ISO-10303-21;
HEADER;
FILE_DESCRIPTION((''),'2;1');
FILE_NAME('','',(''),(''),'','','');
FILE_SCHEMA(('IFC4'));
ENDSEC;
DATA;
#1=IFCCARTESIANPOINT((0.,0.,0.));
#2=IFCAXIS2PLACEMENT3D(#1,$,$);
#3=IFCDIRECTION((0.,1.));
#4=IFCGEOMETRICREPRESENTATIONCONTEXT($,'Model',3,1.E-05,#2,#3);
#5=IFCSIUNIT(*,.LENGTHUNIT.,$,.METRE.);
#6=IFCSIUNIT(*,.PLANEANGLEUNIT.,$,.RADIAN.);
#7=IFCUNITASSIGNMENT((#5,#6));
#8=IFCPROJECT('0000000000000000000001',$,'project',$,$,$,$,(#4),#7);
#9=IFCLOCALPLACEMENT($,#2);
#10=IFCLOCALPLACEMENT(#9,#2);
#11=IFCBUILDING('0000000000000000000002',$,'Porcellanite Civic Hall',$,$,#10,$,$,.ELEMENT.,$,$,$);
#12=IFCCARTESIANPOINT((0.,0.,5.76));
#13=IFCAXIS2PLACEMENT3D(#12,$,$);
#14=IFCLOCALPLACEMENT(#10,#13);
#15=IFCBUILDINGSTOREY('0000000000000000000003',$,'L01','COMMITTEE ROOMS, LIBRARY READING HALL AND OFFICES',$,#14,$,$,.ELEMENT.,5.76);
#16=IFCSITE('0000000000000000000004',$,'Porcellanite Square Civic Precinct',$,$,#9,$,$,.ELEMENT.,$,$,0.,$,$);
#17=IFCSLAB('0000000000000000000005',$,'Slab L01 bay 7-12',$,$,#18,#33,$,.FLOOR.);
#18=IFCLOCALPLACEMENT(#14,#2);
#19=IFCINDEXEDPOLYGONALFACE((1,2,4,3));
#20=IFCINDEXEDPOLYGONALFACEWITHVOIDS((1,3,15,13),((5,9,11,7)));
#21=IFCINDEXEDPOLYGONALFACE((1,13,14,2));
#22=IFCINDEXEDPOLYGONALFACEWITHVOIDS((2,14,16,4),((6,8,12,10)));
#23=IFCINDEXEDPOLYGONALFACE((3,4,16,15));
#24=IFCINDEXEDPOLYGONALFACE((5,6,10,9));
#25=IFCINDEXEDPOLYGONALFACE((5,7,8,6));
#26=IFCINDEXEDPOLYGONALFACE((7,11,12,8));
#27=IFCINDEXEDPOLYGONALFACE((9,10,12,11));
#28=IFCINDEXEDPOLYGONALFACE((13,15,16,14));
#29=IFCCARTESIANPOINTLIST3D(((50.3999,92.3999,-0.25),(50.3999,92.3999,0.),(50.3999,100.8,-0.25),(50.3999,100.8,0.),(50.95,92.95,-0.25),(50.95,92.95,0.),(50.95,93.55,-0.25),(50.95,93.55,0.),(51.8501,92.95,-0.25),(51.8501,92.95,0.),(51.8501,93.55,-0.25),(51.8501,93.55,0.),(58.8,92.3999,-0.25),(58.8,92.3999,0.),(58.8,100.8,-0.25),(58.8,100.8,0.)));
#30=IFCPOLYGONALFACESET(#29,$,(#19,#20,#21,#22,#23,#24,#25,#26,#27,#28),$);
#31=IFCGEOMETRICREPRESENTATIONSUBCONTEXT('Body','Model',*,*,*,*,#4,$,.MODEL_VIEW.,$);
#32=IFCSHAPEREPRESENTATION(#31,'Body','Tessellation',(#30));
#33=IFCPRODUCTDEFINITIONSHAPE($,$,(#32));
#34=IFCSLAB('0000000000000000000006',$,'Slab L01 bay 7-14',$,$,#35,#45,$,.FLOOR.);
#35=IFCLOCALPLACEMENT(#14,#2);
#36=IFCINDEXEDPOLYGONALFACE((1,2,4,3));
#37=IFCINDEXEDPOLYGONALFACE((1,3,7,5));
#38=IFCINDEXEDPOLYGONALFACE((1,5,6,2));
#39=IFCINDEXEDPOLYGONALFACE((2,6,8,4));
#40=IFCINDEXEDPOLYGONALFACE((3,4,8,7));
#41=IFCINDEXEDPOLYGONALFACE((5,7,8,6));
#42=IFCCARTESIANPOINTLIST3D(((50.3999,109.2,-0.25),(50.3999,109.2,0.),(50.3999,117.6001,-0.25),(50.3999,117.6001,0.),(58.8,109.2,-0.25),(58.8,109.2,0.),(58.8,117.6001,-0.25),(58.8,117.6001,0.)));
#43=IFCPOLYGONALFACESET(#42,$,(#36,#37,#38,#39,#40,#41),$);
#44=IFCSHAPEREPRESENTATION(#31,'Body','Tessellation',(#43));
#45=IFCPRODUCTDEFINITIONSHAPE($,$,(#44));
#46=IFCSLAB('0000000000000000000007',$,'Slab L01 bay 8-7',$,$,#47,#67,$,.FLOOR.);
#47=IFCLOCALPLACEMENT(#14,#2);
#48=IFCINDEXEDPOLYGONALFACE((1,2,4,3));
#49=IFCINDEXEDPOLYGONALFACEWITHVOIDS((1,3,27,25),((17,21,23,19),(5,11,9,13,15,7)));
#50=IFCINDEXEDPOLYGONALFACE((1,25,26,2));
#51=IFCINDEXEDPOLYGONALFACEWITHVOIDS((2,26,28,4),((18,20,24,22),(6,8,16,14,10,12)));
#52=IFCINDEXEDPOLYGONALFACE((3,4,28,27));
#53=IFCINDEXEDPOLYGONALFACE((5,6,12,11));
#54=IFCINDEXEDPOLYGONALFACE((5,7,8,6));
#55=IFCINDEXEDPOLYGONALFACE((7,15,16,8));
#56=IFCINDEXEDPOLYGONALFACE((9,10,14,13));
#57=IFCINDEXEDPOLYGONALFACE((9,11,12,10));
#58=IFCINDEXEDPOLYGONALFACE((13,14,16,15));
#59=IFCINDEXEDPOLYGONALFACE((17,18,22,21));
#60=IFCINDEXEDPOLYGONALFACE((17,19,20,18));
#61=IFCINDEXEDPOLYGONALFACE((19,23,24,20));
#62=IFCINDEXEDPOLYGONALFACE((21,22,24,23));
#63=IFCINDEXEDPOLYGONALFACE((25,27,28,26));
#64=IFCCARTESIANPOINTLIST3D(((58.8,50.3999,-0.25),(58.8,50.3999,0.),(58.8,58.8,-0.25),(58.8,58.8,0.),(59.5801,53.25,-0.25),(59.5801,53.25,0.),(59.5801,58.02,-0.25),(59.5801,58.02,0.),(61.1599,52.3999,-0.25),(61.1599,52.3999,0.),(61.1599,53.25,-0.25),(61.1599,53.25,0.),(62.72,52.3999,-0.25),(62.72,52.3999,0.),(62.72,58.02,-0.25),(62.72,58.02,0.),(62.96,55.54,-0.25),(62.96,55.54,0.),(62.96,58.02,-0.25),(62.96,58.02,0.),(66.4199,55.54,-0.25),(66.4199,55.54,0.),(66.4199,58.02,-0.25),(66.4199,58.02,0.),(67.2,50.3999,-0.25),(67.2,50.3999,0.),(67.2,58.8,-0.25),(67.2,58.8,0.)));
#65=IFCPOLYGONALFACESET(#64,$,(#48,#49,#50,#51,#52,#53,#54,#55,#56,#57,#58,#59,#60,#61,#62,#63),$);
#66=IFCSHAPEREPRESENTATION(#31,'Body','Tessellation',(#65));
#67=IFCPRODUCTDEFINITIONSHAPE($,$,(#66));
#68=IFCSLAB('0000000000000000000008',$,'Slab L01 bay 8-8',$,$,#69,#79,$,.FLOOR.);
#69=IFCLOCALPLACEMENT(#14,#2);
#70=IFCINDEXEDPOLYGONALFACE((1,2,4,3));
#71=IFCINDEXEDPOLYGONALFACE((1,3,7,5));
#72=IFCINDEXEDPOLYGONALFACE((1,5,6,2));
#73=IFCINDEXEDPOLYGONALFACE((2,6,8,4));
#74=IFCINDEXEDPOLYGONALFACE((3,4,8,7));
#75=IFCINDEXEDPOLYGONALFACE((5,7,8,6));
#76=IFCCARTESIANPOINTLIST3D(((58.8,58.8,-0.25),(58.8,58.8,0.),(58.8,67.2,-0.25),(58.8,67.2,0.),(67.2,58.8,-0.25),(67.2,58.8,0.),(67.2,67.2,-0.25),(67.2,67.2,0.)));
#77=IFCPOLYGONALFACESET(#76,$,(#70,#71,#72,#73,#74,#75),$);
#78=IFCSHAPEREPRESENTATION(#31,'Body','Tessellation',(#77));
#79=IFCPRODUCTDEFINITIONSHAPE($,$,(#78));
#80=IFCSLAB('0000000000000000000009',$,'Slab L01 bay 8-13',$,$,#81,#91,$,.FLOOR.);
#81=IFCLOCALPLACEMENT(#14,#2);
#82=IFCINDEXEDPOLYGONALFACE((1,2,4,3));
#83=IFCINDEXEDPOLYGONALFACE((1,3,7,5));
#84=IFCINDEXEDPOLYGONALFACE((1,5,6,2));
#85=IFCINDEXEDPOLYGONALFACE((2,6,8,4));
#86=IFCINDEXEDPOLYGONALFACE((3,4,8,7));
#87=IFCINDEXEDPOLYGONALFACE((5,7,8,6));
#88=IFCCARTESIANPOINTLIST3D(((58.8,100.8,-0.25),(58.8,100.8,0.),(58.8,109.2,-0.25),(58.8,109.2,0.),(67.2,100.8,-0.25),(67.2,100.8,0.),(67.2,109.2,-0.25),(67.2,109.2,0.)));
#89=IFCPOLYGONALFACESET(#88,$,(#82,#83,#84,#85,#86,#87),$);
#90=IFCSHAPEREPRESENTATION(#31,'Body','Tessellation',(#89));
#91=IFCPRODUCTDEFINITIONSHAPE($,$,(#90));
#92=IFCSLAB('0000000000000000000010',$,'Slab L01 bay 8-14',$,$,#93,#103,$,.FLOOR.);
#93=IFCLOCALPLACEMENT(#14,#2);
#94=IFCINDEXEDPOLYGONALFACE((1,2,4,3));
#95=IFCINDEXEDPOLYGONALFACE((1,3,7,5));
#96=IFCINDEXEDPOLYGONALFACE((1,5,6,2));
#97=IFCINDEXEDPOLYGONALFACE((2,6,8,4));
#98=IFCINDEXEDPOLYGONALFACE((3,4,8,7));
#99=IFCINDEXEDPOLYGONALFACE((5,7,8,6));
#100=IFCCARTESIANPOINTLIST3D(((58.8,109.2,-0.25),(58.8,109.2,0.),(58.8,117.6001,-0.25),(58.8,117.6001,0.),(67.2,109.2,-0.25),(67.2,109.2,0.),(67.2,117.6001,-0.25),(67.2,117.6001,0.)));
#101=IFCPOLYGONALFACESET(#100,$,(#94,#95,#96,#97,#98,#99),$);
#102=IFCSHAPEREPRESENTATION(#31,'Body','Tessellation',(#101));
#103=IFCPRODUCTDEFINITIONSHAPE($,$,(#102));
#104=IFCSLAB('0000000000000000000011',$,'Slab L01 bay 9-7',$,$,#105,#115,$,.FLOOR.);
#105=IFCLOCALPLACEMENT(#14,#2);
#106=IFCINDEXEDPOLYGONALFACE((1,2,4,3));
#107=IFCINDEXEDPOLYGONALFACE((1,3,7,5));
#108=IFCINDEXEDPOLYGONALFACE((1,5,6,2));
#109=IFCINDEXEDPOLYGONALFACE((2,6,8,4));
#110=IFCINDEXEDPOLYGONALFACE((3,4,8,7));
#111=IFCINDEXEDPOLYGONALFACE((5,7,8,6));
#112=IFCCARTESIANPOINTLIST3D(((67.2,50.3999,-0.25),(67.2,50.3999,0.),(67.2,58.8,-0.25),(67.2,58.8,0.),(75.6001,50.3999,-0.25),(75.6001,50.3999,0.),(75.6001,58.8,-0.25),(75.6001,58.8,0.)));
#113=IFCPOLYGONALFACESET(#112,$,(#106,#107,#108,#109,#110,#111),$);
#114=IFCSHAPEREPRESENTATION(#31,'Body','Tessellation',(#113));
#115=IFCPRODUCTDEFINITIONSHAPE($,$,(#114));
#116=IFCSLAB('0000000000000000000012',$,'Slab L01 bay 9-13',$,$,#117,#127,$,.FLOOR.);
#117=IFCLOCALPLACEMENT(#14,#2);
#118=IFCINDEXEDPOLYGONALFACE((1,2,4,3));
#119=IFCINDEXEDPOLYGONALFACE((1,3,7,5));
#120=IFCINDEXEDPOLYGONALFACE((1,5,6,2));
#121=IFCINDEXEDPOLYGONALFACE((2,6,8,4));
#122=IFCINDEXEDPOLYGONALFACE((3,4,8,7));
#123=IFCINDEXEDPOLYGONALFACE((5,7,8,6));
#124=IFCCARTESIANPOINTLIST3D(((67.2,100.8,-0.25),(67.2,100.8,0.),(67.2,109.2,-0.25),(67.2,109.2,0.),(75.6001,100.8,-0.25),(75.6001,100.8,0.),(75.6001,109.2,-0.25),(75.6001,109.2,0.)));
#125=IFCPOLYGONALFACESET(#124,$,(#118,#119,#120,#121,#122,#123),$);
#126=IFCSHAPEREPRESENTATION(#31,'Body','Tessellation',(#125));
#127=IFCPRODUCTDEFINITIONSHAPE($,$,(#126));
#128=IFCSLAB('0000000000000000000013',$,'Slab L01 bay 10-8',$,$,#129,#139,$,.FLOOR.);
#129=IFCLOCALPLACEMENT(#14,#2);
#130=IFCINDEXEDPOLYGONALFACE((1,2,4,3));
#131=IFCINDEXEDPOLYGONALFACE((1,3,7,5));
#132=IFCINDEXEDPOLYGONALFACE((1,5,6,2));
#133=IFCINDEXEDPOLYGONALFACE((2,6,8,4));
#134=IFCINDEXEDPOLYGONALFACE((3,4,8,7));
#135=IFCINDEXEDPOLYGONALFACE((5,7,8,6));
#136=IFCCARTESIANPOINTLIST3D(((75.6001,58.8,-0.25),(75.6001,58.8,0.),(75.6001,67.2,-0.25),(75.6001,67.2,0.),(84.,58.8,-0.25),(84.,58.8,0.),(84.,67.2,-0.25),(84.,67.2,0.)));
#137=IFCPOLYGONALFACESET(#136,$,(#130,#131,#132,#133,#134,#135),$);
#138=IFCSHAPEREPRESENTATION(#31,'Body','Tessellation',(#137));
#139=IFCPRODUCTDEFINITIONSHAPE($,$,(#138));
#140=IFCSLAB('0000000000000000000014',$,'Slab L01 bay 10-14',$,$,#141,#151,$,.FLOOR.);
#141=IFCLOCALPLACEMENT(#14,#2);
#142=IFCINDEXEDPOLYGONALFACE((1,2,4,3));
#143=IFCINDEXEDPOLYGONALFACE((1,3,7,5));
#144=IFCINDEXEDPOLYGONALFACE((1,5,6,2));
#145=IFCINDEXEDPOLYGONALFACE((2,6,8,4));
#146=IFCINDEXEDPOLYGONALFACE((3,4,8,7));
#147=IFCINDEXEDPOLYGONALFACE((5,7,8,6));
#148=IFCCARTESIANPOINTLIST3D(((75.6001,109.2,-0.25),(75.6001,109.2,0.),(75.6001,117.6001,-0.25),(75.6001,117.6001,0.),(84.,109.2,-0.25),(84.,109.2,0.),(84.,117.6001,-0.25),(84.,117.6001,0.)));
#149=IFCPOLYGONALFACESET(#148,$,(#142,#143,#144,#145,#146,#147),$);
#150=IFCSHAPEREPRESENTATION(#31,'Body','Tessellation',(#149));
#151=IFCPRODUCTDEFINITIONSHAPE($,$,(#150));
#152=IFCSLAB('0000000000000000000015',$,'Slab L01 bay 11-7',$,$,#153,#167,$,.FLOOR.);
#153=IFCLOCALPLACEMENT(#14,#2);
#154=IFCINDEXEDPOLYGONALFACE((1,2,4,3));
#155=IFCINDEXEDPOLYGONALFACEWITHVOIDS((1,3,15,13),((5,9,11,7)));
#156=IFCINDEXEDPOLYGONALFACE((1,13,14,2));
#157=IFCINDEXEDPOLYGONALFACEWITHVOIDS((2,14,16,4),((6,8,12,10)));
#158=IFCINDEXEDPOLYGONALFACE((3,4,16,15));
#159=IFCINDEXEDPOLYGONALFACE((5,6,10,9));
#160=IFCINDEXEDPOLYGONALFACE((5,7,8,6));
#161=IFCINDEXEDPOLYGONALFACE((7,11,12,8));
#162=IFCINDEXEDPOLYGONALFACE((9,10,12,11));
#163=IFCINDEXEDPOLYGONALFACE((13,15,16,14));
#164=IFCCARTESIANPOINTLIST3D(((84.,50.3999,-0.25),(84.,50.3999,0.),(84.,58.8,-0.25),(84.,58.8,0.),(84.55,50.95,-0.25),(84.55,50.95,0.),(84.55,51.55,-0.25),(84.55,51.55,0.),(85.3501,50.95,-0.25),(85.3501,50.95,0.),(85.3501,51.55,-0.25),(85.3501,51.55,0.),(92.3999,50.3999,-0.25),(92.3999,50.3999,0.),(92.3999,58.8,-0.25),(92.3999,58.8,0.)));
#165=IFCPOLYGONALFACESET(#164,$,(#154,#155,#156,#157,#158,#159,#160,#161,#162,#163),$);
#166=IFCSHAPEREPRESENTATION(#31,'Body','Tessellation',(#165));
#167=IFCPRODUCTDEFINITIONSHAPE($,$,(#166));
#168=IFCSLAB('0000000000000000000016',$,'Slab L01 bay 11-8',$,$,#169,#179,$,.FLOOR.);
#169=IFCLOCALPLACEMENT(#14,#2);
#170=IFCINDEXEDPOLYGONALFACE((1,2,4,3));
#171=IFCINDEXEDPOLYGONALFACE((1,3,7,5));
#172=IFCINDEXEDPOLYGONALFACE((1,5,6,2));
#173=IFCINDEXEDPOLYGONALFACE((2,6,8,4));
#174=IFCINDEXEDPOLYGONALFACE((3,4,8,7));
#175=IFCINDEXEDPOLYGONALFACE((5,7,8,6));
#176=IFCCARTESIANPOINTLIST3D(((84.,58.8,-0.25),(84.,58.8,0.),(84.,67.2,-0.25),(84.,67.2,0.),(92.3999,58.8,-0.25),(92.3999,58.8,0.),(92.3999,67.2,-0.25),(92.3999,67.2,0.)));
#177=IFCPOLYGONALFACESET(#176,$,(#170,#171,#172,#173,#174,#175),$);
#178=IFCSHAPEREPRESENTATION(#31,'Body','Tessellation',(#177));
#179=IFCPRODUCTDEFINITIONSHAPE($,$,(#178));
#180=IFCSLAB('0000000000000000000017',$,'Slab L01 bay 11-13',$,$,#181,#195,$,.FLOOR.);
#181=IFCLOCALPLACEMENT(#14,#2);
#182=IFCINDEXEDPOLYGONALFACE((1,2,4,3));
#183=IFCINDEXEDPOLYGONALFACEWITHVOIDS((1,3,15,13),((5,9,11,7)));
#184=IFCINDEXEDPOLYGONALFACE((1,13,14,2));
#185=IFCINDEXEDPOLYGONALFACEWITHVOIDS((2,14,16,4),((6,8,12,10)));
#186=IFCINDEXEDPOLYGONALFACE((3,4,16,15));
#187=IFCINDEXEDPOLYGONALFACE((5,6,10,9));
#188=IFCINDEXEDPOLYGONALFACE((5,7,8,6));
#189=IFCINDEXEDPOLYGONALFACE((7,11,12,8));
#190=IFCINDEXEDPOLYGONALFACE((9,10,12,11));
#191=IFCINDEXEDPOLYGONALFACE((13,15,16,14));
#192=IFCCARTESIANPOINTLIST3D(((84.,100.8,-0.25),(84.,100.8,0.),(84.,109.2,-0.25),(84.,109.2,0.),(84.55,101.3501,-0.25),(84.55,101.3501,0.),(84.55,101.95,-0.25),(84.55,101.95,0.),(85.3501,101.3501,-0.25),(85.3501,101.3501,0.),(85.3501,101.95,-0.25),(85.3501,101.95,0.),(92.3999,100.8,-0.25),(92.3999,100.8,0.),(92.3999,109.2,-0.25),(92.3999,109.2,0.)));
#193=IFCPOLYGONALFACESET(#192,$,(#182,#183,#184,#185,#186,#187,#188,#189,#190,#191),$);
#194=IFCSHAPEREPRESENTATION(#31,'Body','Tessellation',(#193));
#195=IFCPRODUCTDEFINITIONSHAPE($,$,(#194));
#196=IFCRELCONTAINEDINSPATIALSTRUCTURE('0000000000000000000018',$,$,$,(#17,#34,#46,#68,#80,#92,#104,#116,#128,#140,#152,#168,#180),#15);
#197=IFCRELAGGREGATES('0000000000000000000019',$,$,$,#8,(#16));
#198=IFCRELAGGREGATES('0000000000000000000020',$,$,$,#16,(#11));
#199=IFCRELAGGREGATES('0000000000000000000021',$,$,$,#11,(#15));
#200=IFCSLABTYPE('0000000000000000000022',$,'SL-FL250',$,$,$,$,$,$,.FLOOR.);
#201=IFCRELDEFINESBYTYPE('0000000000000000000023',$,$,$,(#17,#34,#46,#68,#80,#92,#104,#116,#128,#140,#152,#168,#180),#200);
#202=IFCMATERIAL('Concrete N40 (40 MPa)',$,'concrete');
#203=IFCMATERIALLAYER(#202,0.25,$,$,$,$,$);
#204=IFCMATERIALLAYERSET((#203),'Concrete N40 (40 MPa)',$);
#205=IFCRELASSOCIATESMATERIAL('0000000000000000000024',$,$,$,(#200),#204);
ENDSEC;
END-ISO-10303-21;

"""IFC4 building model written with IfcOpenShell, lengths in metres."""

from ifc_helpers import new_model, si_unit, direction, frame, origin, place, context, subcontext, project, spatial, polyline, outline, extrude, material, layer, layer_set, type_object, element, save


model = new_model("IFC4")

# Units and contexts
model_context = context("Model", 3, precision=1e-05, world=origin(), true_north=direction((0.0, 1.0)))
body_context = subcontext(model_context, "Body", "Model", "MODEL_VIEW")
ifc_project = project(units=[si_unit("LENGTHUNIT", "METRE"), si_unit("PLANEANGLEUNIT", "RADIAN")], contexts=[model_context])

# Site, building, storey
site_placement = place(None, origin())
site = spatial("IfcSite", under=ifc_project, at=site_placement, Name="Porcellanite Square Civic Precinct", CompositionType="ELEMENT", RefElevation=0.0)
building_placement = place(site_placement, origin())
building = spatial("IfcBuilding", under=site, at=building_placement, Name="Porcellanite Civic Hall", CompositionType="ELEMENT")
storey_placement = place(building_placement, frame((0.0, 0.0, 5.76)))
storey = spatial("IfcBuildingStorey", under=building, at=storey_placement, Name="L01", Description="COMMITTEE ROOMS, LIBRARY READING HALL AND OFFICES", CompositionType="ELEMENT", Elevation=5.76)

# Slabs
ifc_material = material(Name="Concrete N40 (40 MPa)", Category="concrete")
ifc_layer = layer(ifc_material, 0.25)
ifc_layer_set = layer_set([ifc_layer], Name="Concrete N40 (40 MPa)")
slab_type = type_object("IfcSlabType", Name="SL-FL250", PredefinedType="FLOOR", material=ifc_layer_set)
slab_1_placement = place(storey_placement, frame((0.0, 0.0, -0.25)))
element("IfcSlab", 1, at=slab_1_placement, inside=storey, type_object=slab_type, Name="Slab L01 bay 7-12", PredefinedType="FLOOR", context=body_context, shape_type="SweptSolid", body=[
    extrude(outline(polyline([(50.3999, 92.3999), (58.8, 92.3999), (58.8, 100.8), (50.3999, 100.8), (50.3999, 92.3999)]), holes=[polyline([(50.95, 92.95), (51.8501, 92.95), (51.8501, 93.55), (50.95, 93.55), (50.95, 92.95)])]), origin(), (0.0, 0.0, 1.0), 0.25),
])
slab_2_placement = place(storey_placement, frame((0.0, 0.0, -0.25)))
element("IfcSlab", 2, at=slab_2_placement, inside=storey, type_object=slab_type, Name="Slab L01 bay 7-14", PredefinedType="FLOOR", context=body_context, shape_type="SweptSolid", body=[
    extrude(outline(polyline([(50.3999, 109.2), (58.8, 109.2), (58.8, 117.6001), (50.3999, 117.6001), (50.3999, 109.2)])), origin(), (0.0, 0.0, 1.0), 0.25),
])
slab_3_placement = place(storey_placement, frame((0.0, 0.0, -0.25)))
element("IfcSlab", 3, at=slab_3_placement, inside=storey, type_object=slab_type, Name="Slab L01 bay 8-7", PredefinedType="FLOOR", context=body_context, shape_type="SweptSolid", body=[
    extrude(outline(polyline([(58.8, 50.3999), (67.2, 50.3999), (67.2, 58.8), (58.8, 58.8), (58.8, 50.3999)]), holes=[polyline([(59.5801, 53.25), (61.1599, 53.25), (61.1599, 52.3999), (62.72, 52.3999), (62.72, 58.02), (59.5801, 58.02), (59.5801, 53.25)]), polyline([(62.96, 55.54), (66.4199, 55.54), (66.4199, 58.02), (62.96, 58.02), (62.96, 55.54)])]), origin(), (0.0, 0.0, 1.0), 0.25),
])
slab_4_placement = place(storey_placement, frame((0.0, 0.0, -0.25)))
element("IfcSlab", 4, at=slab_4_placement, inside=storey, type_object=slab_type, Name="Slab L01 bay 8-8", PredefinedType="FLOOR", context=body_context, shape_type="SweptSolid", body=[
    extrude(outline(polyline([(58.8, 58.8), (67.2, 58.8), (67.2, 67.2), (58.8, 67.2), (58.8, 58.8)])), origin(), (0.0, 0.0, 1.0), 0.25),
])
slab_5_placement = place(storey_placement, frame((0.0, 0.0, -0.25)))
element("IfcSlab", 5, at=slab_5_placement, inside=storey, type_object=slab_type, Name="Slab L01 bay 8-13", PredefinedType="FLOOR", context=body_context, shape_type="SweptSolid", body=[
    extrude(outline(polyline([(58.8, 100.8), (67.2, 100.8), (67.2, 109.2), (58.8, 109.2), (58.8, 100.8)])), origin(), (0.0, 0.0, 1.0), 0.25),
])
slab_6_placement = place(storey_placement, frame((0.0, 0.0, -0.25)))
element("IfcSlab", 6, at=slab_6_placement, inside=storey, type_object=slab_type, Name="Slab L01 bay 8-14", PredefinedType="FLOOR", context=body_context, shape_type="SweptSolid", body=[
    extrude(outline(polyline([(58.8, 109.2), (67.2, 109.2), (67.2, 117.6001), (58.8, 117.6001), (58.8, 109.2)])), origin(), (0.0, 0.0, 1.0), 0.25),
])
slab_7_placement = place(storey_placement, frame((0.0, 0.0, -0.25)))
element("IfcSlab", 7, at=slab_7_placement, inside=storey, type_object=slab_type, Name="Slab L01 bay 9-7", PredefinedType="FLOOR", context=body_context, shape_type="SweptSolid", body=[
    extrude(outline(polyline([(67.2, 50.3999), (75.6001, 50.3999), (75.6001, 58.8), (67.2, 58.8), (67.2, 50.3999)])), origin(), (0.0, 0.0, 1.0), 0.25),
])
slab_8_placement = place(storey_placement, frame((0.0, 0.0, -0.25)))
element("IfcSlab", 8, at=slab_8_placement, inside=storey, type_object=slab_type, Name="Slab L01 bay 9-13", PredefinedType="FLOOR", context=body_context, shape_type="SweptSolid", body=[
    extrude(outline(polyline([(67.2, 100.8), (75.6001, 100.8), (75.6001, 109.2), (67.2, 109.2), (67.2, 100.8)])), origin(), (0.0, 0.0, 1.0), 0.25),
])
slab_9_placement = place(storey_placement, frame((0.0, 0.0, -0.25)))
element("IfcSlab", 9, at=slab_9_placement, inside=storey, type_object=slab_type, Name="Slab L01 bay 10-8", PredefinedType="FLOOR", context=body_context, shape_type="SweptSolid", body=[
    extrude(outline(polyline([(75.6001, 58.8), (84.0, 58.8), (84.0, 67.2), (75.6001, 67.2), (75.6001, 58.8)])), origin(), (0.0, 0.0, 1.0), 0.25),
])
slab_10_placement = place(storey_placement, frame((0.0, 0.0, -0.25)))
element("IfcSlab", 10, at=slab_10_placement, inside=storey, type_object=slab_type, Name="Slab L01 bay 10-14", PredefinedType="FLOOR", context=body_context, shape_type="SweptSolid", body=[
    extrude(outline(polyline([(75.6001, 109.2), (84.0, 109.2), (84.0, 117.6001), (75.6001, 117.6001), (75.6001, 109.2)])), origin(), (0.0, 0.0, 1.0), 0.25),
])
slab_11_placement = place(storey_placement, frame((0.0, 0.0, -0.25)))
element("IfcSlab", 11, at=slab_11_placement, inside=storey, type_object=slab_type, Name="Slab L01 bay 11-7", PredefinedType="FLOOR", context=body_context, shape_type="SweptSolid", body=[
    extrude(outline(polyline([(84.0, 50.3999), (92.3999, 50.3999), (92.3999, 58.8), (84.0, 58.8), (84.0, 50.3999)]), holes=[polyline([(84.55, 50.95), (85.3501, 50.95), (85.3501, 51.55), (84.55, 51.55), (84.55, 50.95)])]), origin(), (0.0, 0.0, 1.0), 0.25),
])
slab_12_placement = place(storey_placement, frame((0.0, 0.0, -0.25)))
element("IfcSlab", 12, at=slab_12_placement, inside=storey, type_object=slab_type, Name="Slab L01 bay 11-8", PredefinedType="FLOOR", context=body_context, shape_type="SweptSolid", body=[
    extrude(outline(polyline([(84.0, 58.8), (92.3999, 58.8), (92.3999, 67.2), (84.0, 67.2), (84.0, 58.8)])), origin(), (0.0, 0.0, 1.0), 0.25),
])
slab_13_placement = place(storey_placement, frame((0.0, 0.0, -0.25)))
element("IfcSlab", 13, at=slab_13_placement, inside=storey, type_object=slab_type, Name="Slab L01 bay 11-13", PredefinedType="FLOOR", context=body_context, shape_type="SweptSolid", body=[
    extrude(outline(polyline([(84.0, 100.8), (92.3999, 100.8), (92.3999, 109.2), (84.0, 109.2), (84.0, 100.8)]), holes=[polyline([(84.55, 101.3501), (85.3501, 101.3501), (85.3501, 101.95), (84.55, 101.95), (84.55, 101.3501)])]), origin(), (0.0, 0.0, 1.0), 0.25),
])

save(model, "model.ifc")
